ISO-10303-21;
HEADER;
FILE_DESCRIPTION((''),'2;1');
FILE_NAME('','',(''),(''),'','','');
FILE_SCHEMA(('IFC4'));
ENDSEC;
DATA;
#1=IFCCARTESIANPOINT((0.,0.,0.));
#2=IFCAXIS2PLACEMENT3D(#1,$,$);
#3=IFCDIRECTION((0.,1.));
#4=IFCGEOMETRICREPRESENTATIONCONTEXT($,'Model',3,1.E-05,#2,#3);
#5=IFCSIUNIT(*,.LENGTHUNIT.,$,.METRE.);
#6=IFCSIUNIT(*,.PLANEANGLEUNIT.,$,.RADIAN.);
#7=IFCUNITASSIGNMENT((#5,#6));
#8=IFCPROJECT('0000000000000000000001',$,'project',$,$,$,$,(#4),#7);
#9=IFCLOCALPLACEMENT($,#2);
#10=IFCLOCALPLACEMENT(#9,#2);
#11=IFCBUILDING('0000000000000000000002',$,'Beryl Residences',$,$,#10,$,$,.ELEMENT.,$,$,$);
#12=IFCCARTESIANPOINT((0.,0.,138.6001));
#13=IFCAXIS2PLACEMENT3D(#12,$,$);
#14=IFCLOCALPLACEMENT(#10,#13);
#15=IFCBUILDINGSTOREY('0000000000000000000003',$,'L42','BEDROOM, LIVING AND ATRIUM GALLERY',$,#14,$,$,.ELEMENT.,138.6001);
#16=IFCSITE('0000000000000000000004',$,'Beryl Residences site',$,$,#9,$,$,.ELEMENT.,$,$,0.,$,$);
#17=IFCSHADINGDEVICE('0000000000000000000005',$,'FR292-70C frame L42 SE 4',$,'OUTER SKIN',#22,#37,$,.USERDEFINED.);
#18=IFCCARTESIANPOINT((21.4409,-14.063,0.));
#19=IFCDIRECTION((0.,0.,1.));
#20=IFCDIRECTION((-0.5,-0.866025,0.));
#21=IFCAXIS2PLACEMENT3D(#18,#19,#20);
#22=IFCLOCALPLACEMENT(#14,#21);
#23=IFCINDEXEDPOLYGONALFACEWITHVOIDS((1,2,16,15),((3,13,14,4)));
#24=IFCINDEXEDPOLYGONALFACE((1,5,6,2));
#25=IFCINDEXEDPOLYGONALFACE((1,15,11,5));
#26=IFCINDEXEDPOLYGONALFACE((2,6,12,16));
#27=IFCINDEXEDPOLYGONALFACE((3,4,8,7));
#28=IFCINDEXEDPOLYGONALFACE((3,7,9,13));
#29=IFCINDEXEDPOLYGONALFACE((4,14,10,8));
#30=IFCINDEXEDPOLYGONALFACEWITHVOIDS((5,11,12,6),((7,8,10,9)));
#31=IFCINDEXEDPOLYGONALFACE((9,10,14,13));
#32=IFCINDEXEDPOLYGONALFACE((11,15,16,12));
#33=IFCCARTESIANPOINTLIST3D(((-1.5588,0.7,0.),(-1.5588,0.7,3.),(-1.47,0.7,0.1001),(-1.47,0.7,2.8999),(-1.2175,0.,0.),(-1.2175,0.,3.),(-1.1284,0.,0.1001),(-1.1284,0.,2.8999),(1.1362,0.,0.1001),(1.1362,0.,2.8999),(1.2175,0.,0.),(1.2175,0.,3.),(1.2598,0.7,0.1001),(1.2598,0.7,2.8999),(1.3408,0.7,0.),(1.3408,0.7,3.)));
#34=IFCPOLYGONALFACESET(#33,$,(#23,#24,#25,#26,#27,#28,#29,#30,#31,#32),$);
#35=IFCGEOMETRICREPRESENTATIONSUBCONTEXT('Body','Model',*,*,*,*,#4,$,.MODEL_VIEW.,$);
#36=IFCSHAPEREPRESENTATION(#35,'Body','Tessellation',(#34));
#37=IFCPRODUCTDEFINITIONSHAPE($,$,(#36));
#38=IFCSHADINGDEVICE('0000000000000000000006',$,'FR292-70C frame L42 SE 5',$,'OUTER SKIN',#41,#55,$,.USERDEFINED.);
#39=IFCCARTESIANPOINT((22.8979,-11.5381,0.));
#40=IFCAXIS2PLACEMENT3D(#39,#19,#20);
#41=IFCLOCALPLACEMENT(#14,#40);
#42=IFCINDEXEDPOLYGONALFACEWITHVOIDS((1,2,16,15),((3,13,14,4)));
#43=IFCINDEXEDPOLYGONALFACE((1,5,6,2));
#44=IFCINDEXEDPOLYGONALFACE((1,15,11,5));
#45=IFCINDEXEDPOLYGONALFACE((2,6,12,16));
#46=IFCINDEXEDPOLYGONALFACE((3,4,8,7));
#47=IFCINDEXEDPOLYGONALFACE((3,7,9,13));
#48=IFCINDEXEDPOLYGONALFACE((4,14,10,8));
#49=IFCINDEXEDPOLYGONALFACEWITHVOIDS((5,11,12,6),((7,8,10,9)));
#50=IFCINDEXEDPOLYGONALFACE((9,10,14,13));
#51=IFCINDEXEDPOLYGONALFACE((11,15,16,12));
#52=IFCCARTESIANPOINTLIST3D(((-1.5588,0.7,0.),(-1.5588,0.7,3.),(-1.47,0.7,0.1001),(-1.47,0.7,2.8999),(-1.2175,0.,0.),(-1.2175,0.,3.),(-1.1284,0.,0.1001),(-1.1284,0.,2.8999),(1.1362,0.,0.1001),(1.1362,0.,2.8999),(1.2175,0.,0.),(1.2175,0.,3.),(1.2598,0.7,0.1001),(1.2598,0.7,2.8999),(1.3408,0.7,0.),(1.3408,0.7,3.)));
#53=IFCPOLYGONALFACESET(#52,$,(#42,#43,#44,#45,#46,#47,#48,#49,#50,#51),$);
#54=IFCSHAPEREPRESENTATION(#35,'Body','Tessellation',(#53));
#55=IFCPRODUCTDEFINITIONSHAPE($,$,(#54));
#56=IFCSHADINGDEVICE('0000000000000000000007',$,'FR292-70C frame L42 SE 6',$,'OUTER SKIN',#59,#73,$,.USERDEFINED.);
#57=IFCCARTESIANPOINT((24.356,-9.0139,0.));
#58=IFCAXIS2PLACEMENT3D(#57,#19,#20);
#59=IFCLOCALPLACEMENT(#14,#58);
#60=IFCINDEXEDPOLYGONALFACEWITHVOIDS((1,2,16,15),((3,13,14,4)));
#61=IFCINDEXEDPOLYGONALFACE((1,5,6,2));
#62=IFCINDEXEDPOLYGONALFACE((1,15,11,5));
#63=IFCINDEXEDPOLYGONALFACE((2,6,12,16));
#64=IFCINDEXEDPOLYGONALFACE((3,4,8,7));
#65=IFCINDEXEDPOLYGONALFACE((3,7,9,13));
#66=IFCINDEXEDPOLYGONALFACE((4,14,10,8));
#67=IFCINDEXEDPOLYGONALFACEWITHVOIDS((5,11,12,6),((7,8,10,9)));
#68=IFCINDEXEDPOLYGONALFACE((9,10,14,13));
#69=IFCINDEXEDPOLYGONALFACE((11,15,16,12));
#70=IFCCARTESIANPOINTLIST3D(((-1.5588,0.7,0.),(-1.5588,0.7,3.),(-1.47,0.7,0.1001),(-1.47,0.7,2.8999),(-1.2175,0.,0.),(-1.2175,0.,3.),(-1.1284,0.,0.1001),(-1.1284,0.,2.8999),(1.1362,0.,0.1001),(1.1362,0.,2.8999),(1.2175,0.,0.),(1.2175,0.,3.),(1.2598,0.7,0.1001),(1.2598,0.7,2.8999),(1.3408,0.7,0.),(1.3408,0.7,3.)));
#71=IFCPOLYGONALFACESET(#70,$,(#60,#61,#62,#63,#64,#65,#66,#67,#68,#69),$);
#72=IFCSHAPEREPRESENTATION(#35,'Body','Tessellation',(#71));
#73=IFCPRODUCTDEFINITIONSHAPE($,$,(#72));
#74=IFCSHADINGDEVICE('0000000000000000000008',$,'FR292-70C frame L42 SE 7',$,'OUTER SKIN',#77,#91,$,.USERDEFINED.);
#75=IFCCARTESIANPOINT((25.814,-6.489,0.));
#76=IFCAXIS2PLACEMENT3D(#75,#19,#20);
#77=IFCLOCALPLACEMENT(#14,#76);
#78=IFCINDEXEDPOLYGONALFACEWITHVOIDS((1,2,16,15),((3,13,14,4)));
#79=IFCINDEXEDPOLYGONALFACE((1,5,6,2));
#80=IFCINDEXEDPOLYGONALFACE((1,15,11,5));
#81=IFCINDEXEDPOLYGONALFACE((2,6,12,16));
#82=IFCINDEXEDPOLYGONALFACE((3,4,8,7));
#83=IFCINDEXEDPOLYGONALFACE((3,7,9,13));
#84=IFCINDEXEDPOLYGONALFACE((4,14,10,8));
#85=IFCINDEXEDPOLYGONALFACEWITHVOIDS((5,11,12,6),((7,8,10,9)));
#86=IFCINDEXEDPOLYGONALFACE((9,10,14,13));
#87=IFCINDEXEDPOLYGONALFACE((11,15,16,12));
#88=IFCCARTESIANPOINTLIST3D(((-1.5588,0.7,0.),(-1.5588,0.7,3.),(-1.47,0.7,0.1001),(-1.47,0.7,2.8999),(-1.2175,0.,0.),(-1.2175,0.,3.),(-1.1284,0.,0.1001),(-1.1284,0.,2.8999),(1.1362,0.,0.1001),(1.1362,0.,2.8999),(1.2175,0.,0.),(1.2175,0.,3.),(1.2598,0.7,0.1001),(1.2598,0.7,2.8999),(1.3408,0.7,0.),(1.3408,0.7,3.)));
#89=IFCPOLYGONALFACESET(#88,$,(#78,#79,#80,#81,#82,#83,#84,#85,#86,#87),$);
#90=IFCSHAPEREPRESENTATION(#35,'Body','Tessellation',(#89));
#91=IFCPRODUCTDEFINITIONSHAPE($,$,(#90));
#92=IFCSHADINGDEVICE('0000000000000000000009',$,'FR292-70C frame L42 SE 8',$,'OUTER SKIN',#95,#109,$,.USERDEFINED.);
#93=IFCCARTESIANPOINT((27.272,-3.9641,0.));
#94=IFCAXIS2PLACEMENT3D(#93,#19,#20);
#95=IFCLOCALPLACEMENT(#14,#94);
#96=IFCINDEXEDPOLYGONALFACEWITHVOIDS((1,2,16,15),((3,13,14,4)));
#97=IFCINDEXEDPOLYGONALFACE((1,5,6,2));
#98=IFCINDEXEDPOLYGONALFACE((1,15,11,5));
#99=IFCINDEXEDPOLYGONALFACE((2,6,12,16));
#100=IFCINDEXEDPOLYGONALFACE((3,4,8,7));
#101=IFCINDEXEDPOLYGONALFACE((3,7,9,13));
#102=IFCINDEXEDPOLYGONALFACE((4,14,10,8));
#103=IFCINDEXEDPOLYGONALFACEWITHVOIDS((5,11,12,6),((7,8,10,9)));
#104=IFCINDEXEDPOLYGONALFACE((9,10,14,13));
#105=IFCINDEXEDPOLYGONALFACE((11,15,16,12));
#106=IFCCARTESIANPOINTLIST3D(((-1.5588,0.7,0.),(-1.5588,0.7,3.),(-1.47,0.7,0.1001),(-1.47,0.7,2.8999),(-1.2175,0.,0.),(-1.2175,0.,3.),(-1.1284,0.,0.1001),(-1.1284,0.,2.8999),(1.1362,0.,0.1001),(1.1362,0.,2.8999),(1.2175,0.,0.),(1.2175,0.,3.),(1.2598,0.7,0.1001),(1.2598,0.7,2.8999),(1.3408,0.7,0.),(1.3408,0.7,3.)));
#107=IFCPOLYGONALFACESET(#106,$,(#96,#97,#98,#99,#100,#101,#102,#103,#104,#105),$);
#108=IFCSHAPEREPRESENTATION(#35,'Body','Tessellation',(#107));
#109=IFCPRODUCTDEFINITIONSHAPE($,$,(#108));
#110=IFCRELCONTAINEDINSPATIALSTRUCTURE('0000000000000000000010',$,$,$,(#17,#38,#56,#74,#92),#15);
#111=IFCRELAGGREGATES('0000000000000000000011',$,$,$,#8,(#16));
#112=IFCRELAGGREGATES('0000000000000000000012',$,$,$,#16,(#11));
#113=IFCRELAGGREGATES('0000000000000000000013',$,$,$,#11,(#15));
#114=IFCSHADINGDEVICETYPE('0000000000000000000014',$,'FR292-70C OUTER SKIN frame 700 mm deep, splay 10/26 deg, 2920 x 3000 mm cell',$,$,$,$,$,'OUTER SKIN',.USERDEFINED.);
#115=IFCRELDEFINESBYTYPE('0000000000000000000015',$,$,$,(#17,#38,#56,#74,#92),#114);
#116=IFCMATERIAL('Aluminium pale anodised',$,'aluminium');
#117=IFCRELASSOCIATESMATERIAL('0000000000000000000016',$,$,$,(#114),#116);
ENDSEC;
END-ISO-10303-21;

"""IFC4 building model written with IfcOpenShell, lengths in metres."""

from ifc_helpers import new_model, entity, si_unit, direction, frame, origin, place, context, subcontext, project, spatial, source, transform, mapped, material, type_object, type_shapes, element, save


model = new_model("IFC4")

# Units and contexts
model_context = context("Model", 3, precision=1e-05, world=origin(), true_north=direction((0.0, 1.0)))
body_context = subcontext(model_context, "Body", "Model", "MODEL_VIEW")
ifc_project = project(units=[si_unit("LENGTHUNIT", "METRE"), si_unit("PLANEANGLEUNIT", "RADIAN")], contexts=[model_context])

# Site, building, storey
site_placement = place(None, origin())
site = spatial("IfcSite", under=ifc_project, at=site_placement, Name="Beryl Residences site", CompositionType="ELEMENT", RefElevation=0.0)
building_placement = place(site_placement, origin())
building = spatial("IfcBuilding", under=site, at=building_placement, Name="Beryl Residences", CompositionType="ELEMENT")
storey_placement = place(building_placement, frame((0.0, 0.0, 138.6001)))
storey = spatial("IfcBuildingStorey", under=building, at=storey_placement, Name="L42", Description="BEDROOM, LIVING AND ATRIUM GALLERY", CompositionType="ELEMENT", Elevation=138.6001)

# Shading devices
ifc_material_1 = material(Name="Aluminium pale anodised", Category="aluminium")
shading_device_type = type_object("IfcShadingDeviceType", Name="FR292-70C OUTER SKIN frame 700 mm deep, splay 10/26 deg, 2920 x 3000 mm cell", ElementType="OUTER SKIN", PredefinedType="USERDEFINED", material=ifc_material_1)
cartesian_point_1 = entity("IfcCartesianPoint", [-1.2175, 0.0])
cartesian_point_2 = entity("IfcCartesianPoint", [-1.1362, 0.1001])
cartesian_point_3 = entity("IfcCartesianPoint", [-1.3408, 0.0])
cartesian_point_4 = entity("IfcCartesianPoint", [-1.2598, 0.1001])
shared_shape_1 = source(origin(), body_context, "Body", "SweptSolid", [
    entity("IfcExtrudedAreaSolidTapered", entity("IfcArbitraryProfileDefWithVoids", "AREA", None, entity("IfcPolyline", [cartesian_point_1, entity("IfcCartesianPoint", [1.2175, 0.0]), entity("IfcCartesianPoint", [1.2175, 3.0]), entity("IfcCartesianPoint", [-1.2175, 3.0]), cartesian_point_1]), [entity("IfcPolyline", [cartesian_point_2, entity("IfcCartesianPoint", [1.1284, 0.1001]), entity("IfcCartesianPoint", [1.1284, 2.8999]), entity("IfcCartesianPoint", [-1.1362, 2.8999]), cartesian_point_2])]), entity("IfcAxis2Placement3D", entity("IfcCartesianPoint", [0.0, 0.0, 0.0]), entity("IfcDirection", [0.0, 1.0, 0.0]), entity("IfcDirection", [-1.0, 0.0, 0.0])), entity("IfcDirection", [0.0, 0.0, 1.0]), 0.7, entity("IfcArbitraryProfileDefWithVoids", "AREA", None, entity("IfcPolyline", [cartesian_point_3, entity("IfcCartesianPoint", [1.5588, 0.0]), entity("IfcCartesianPoint", [1.5588, 3.0]), entity("IfcCartesianPoint", [-1.3408, 3.0]), cartesian_point_3]), [entity("IfcPolyline", [cartesian_point_4, entity("IfcCartesianPoint", [1.47, 0.1001]), entity("IfcCartesianPoint", [1.47, 2.8999]), entity("IfcCartesianPoint", [-1.2598, 2.8999]), cartesian_point_4])])),
])
type_shapes(shading_device_type, [shared_shape_1])
for number, where, z_axis, x_axis, name in (
    (1, (21.4409, -14.063, 0.0), (0.0, 0.0, 1.0), (-0.5, -0.866025, 0.0), "FR292-70C frame L42 SE 4"),
    (2, (22.8979, -11.5381, 0.0), (0.0, 0.0, 1.0), (-0.5, -0.866025, 0.0), "FR292-70C frame L42 SE 5"),
    (3, (24.356, -9.0139, 0.0), (0.0, 0.0, 1.0), (-0.5, -0.866025, 0.0), "FR292-70C frame L42 SE 6"),
    (4, (25.814, -6.489, 0.0), (0.0, 0.0, 1.0), (-0.5, -0.866025, 0.0), "FR292-70C frame L42 SE 7"),
    (5, (27.272, -3.9641, 0.0), (0.0, 0.0, 1.0), (-0.5, -0.866025, 0.0), "FR292-70C frame L42 SE 8"),
):
    element("IfcShadingDevice", number, at=place(storey_placement, frame(where, z_axis=z_axis, x_axis=x_axis)), inside=storey, type_object=shading_device_type, Name=name, ObjectType="OUTER SKIN", PredefinedType="USERDEFINED", context=body_context, shape_type="MappedRepresentation", body=[
        mapped(shared_shape_1, transform((0.0, 0.0, 0.0))),
    ])

save(model, "model.ifc")
